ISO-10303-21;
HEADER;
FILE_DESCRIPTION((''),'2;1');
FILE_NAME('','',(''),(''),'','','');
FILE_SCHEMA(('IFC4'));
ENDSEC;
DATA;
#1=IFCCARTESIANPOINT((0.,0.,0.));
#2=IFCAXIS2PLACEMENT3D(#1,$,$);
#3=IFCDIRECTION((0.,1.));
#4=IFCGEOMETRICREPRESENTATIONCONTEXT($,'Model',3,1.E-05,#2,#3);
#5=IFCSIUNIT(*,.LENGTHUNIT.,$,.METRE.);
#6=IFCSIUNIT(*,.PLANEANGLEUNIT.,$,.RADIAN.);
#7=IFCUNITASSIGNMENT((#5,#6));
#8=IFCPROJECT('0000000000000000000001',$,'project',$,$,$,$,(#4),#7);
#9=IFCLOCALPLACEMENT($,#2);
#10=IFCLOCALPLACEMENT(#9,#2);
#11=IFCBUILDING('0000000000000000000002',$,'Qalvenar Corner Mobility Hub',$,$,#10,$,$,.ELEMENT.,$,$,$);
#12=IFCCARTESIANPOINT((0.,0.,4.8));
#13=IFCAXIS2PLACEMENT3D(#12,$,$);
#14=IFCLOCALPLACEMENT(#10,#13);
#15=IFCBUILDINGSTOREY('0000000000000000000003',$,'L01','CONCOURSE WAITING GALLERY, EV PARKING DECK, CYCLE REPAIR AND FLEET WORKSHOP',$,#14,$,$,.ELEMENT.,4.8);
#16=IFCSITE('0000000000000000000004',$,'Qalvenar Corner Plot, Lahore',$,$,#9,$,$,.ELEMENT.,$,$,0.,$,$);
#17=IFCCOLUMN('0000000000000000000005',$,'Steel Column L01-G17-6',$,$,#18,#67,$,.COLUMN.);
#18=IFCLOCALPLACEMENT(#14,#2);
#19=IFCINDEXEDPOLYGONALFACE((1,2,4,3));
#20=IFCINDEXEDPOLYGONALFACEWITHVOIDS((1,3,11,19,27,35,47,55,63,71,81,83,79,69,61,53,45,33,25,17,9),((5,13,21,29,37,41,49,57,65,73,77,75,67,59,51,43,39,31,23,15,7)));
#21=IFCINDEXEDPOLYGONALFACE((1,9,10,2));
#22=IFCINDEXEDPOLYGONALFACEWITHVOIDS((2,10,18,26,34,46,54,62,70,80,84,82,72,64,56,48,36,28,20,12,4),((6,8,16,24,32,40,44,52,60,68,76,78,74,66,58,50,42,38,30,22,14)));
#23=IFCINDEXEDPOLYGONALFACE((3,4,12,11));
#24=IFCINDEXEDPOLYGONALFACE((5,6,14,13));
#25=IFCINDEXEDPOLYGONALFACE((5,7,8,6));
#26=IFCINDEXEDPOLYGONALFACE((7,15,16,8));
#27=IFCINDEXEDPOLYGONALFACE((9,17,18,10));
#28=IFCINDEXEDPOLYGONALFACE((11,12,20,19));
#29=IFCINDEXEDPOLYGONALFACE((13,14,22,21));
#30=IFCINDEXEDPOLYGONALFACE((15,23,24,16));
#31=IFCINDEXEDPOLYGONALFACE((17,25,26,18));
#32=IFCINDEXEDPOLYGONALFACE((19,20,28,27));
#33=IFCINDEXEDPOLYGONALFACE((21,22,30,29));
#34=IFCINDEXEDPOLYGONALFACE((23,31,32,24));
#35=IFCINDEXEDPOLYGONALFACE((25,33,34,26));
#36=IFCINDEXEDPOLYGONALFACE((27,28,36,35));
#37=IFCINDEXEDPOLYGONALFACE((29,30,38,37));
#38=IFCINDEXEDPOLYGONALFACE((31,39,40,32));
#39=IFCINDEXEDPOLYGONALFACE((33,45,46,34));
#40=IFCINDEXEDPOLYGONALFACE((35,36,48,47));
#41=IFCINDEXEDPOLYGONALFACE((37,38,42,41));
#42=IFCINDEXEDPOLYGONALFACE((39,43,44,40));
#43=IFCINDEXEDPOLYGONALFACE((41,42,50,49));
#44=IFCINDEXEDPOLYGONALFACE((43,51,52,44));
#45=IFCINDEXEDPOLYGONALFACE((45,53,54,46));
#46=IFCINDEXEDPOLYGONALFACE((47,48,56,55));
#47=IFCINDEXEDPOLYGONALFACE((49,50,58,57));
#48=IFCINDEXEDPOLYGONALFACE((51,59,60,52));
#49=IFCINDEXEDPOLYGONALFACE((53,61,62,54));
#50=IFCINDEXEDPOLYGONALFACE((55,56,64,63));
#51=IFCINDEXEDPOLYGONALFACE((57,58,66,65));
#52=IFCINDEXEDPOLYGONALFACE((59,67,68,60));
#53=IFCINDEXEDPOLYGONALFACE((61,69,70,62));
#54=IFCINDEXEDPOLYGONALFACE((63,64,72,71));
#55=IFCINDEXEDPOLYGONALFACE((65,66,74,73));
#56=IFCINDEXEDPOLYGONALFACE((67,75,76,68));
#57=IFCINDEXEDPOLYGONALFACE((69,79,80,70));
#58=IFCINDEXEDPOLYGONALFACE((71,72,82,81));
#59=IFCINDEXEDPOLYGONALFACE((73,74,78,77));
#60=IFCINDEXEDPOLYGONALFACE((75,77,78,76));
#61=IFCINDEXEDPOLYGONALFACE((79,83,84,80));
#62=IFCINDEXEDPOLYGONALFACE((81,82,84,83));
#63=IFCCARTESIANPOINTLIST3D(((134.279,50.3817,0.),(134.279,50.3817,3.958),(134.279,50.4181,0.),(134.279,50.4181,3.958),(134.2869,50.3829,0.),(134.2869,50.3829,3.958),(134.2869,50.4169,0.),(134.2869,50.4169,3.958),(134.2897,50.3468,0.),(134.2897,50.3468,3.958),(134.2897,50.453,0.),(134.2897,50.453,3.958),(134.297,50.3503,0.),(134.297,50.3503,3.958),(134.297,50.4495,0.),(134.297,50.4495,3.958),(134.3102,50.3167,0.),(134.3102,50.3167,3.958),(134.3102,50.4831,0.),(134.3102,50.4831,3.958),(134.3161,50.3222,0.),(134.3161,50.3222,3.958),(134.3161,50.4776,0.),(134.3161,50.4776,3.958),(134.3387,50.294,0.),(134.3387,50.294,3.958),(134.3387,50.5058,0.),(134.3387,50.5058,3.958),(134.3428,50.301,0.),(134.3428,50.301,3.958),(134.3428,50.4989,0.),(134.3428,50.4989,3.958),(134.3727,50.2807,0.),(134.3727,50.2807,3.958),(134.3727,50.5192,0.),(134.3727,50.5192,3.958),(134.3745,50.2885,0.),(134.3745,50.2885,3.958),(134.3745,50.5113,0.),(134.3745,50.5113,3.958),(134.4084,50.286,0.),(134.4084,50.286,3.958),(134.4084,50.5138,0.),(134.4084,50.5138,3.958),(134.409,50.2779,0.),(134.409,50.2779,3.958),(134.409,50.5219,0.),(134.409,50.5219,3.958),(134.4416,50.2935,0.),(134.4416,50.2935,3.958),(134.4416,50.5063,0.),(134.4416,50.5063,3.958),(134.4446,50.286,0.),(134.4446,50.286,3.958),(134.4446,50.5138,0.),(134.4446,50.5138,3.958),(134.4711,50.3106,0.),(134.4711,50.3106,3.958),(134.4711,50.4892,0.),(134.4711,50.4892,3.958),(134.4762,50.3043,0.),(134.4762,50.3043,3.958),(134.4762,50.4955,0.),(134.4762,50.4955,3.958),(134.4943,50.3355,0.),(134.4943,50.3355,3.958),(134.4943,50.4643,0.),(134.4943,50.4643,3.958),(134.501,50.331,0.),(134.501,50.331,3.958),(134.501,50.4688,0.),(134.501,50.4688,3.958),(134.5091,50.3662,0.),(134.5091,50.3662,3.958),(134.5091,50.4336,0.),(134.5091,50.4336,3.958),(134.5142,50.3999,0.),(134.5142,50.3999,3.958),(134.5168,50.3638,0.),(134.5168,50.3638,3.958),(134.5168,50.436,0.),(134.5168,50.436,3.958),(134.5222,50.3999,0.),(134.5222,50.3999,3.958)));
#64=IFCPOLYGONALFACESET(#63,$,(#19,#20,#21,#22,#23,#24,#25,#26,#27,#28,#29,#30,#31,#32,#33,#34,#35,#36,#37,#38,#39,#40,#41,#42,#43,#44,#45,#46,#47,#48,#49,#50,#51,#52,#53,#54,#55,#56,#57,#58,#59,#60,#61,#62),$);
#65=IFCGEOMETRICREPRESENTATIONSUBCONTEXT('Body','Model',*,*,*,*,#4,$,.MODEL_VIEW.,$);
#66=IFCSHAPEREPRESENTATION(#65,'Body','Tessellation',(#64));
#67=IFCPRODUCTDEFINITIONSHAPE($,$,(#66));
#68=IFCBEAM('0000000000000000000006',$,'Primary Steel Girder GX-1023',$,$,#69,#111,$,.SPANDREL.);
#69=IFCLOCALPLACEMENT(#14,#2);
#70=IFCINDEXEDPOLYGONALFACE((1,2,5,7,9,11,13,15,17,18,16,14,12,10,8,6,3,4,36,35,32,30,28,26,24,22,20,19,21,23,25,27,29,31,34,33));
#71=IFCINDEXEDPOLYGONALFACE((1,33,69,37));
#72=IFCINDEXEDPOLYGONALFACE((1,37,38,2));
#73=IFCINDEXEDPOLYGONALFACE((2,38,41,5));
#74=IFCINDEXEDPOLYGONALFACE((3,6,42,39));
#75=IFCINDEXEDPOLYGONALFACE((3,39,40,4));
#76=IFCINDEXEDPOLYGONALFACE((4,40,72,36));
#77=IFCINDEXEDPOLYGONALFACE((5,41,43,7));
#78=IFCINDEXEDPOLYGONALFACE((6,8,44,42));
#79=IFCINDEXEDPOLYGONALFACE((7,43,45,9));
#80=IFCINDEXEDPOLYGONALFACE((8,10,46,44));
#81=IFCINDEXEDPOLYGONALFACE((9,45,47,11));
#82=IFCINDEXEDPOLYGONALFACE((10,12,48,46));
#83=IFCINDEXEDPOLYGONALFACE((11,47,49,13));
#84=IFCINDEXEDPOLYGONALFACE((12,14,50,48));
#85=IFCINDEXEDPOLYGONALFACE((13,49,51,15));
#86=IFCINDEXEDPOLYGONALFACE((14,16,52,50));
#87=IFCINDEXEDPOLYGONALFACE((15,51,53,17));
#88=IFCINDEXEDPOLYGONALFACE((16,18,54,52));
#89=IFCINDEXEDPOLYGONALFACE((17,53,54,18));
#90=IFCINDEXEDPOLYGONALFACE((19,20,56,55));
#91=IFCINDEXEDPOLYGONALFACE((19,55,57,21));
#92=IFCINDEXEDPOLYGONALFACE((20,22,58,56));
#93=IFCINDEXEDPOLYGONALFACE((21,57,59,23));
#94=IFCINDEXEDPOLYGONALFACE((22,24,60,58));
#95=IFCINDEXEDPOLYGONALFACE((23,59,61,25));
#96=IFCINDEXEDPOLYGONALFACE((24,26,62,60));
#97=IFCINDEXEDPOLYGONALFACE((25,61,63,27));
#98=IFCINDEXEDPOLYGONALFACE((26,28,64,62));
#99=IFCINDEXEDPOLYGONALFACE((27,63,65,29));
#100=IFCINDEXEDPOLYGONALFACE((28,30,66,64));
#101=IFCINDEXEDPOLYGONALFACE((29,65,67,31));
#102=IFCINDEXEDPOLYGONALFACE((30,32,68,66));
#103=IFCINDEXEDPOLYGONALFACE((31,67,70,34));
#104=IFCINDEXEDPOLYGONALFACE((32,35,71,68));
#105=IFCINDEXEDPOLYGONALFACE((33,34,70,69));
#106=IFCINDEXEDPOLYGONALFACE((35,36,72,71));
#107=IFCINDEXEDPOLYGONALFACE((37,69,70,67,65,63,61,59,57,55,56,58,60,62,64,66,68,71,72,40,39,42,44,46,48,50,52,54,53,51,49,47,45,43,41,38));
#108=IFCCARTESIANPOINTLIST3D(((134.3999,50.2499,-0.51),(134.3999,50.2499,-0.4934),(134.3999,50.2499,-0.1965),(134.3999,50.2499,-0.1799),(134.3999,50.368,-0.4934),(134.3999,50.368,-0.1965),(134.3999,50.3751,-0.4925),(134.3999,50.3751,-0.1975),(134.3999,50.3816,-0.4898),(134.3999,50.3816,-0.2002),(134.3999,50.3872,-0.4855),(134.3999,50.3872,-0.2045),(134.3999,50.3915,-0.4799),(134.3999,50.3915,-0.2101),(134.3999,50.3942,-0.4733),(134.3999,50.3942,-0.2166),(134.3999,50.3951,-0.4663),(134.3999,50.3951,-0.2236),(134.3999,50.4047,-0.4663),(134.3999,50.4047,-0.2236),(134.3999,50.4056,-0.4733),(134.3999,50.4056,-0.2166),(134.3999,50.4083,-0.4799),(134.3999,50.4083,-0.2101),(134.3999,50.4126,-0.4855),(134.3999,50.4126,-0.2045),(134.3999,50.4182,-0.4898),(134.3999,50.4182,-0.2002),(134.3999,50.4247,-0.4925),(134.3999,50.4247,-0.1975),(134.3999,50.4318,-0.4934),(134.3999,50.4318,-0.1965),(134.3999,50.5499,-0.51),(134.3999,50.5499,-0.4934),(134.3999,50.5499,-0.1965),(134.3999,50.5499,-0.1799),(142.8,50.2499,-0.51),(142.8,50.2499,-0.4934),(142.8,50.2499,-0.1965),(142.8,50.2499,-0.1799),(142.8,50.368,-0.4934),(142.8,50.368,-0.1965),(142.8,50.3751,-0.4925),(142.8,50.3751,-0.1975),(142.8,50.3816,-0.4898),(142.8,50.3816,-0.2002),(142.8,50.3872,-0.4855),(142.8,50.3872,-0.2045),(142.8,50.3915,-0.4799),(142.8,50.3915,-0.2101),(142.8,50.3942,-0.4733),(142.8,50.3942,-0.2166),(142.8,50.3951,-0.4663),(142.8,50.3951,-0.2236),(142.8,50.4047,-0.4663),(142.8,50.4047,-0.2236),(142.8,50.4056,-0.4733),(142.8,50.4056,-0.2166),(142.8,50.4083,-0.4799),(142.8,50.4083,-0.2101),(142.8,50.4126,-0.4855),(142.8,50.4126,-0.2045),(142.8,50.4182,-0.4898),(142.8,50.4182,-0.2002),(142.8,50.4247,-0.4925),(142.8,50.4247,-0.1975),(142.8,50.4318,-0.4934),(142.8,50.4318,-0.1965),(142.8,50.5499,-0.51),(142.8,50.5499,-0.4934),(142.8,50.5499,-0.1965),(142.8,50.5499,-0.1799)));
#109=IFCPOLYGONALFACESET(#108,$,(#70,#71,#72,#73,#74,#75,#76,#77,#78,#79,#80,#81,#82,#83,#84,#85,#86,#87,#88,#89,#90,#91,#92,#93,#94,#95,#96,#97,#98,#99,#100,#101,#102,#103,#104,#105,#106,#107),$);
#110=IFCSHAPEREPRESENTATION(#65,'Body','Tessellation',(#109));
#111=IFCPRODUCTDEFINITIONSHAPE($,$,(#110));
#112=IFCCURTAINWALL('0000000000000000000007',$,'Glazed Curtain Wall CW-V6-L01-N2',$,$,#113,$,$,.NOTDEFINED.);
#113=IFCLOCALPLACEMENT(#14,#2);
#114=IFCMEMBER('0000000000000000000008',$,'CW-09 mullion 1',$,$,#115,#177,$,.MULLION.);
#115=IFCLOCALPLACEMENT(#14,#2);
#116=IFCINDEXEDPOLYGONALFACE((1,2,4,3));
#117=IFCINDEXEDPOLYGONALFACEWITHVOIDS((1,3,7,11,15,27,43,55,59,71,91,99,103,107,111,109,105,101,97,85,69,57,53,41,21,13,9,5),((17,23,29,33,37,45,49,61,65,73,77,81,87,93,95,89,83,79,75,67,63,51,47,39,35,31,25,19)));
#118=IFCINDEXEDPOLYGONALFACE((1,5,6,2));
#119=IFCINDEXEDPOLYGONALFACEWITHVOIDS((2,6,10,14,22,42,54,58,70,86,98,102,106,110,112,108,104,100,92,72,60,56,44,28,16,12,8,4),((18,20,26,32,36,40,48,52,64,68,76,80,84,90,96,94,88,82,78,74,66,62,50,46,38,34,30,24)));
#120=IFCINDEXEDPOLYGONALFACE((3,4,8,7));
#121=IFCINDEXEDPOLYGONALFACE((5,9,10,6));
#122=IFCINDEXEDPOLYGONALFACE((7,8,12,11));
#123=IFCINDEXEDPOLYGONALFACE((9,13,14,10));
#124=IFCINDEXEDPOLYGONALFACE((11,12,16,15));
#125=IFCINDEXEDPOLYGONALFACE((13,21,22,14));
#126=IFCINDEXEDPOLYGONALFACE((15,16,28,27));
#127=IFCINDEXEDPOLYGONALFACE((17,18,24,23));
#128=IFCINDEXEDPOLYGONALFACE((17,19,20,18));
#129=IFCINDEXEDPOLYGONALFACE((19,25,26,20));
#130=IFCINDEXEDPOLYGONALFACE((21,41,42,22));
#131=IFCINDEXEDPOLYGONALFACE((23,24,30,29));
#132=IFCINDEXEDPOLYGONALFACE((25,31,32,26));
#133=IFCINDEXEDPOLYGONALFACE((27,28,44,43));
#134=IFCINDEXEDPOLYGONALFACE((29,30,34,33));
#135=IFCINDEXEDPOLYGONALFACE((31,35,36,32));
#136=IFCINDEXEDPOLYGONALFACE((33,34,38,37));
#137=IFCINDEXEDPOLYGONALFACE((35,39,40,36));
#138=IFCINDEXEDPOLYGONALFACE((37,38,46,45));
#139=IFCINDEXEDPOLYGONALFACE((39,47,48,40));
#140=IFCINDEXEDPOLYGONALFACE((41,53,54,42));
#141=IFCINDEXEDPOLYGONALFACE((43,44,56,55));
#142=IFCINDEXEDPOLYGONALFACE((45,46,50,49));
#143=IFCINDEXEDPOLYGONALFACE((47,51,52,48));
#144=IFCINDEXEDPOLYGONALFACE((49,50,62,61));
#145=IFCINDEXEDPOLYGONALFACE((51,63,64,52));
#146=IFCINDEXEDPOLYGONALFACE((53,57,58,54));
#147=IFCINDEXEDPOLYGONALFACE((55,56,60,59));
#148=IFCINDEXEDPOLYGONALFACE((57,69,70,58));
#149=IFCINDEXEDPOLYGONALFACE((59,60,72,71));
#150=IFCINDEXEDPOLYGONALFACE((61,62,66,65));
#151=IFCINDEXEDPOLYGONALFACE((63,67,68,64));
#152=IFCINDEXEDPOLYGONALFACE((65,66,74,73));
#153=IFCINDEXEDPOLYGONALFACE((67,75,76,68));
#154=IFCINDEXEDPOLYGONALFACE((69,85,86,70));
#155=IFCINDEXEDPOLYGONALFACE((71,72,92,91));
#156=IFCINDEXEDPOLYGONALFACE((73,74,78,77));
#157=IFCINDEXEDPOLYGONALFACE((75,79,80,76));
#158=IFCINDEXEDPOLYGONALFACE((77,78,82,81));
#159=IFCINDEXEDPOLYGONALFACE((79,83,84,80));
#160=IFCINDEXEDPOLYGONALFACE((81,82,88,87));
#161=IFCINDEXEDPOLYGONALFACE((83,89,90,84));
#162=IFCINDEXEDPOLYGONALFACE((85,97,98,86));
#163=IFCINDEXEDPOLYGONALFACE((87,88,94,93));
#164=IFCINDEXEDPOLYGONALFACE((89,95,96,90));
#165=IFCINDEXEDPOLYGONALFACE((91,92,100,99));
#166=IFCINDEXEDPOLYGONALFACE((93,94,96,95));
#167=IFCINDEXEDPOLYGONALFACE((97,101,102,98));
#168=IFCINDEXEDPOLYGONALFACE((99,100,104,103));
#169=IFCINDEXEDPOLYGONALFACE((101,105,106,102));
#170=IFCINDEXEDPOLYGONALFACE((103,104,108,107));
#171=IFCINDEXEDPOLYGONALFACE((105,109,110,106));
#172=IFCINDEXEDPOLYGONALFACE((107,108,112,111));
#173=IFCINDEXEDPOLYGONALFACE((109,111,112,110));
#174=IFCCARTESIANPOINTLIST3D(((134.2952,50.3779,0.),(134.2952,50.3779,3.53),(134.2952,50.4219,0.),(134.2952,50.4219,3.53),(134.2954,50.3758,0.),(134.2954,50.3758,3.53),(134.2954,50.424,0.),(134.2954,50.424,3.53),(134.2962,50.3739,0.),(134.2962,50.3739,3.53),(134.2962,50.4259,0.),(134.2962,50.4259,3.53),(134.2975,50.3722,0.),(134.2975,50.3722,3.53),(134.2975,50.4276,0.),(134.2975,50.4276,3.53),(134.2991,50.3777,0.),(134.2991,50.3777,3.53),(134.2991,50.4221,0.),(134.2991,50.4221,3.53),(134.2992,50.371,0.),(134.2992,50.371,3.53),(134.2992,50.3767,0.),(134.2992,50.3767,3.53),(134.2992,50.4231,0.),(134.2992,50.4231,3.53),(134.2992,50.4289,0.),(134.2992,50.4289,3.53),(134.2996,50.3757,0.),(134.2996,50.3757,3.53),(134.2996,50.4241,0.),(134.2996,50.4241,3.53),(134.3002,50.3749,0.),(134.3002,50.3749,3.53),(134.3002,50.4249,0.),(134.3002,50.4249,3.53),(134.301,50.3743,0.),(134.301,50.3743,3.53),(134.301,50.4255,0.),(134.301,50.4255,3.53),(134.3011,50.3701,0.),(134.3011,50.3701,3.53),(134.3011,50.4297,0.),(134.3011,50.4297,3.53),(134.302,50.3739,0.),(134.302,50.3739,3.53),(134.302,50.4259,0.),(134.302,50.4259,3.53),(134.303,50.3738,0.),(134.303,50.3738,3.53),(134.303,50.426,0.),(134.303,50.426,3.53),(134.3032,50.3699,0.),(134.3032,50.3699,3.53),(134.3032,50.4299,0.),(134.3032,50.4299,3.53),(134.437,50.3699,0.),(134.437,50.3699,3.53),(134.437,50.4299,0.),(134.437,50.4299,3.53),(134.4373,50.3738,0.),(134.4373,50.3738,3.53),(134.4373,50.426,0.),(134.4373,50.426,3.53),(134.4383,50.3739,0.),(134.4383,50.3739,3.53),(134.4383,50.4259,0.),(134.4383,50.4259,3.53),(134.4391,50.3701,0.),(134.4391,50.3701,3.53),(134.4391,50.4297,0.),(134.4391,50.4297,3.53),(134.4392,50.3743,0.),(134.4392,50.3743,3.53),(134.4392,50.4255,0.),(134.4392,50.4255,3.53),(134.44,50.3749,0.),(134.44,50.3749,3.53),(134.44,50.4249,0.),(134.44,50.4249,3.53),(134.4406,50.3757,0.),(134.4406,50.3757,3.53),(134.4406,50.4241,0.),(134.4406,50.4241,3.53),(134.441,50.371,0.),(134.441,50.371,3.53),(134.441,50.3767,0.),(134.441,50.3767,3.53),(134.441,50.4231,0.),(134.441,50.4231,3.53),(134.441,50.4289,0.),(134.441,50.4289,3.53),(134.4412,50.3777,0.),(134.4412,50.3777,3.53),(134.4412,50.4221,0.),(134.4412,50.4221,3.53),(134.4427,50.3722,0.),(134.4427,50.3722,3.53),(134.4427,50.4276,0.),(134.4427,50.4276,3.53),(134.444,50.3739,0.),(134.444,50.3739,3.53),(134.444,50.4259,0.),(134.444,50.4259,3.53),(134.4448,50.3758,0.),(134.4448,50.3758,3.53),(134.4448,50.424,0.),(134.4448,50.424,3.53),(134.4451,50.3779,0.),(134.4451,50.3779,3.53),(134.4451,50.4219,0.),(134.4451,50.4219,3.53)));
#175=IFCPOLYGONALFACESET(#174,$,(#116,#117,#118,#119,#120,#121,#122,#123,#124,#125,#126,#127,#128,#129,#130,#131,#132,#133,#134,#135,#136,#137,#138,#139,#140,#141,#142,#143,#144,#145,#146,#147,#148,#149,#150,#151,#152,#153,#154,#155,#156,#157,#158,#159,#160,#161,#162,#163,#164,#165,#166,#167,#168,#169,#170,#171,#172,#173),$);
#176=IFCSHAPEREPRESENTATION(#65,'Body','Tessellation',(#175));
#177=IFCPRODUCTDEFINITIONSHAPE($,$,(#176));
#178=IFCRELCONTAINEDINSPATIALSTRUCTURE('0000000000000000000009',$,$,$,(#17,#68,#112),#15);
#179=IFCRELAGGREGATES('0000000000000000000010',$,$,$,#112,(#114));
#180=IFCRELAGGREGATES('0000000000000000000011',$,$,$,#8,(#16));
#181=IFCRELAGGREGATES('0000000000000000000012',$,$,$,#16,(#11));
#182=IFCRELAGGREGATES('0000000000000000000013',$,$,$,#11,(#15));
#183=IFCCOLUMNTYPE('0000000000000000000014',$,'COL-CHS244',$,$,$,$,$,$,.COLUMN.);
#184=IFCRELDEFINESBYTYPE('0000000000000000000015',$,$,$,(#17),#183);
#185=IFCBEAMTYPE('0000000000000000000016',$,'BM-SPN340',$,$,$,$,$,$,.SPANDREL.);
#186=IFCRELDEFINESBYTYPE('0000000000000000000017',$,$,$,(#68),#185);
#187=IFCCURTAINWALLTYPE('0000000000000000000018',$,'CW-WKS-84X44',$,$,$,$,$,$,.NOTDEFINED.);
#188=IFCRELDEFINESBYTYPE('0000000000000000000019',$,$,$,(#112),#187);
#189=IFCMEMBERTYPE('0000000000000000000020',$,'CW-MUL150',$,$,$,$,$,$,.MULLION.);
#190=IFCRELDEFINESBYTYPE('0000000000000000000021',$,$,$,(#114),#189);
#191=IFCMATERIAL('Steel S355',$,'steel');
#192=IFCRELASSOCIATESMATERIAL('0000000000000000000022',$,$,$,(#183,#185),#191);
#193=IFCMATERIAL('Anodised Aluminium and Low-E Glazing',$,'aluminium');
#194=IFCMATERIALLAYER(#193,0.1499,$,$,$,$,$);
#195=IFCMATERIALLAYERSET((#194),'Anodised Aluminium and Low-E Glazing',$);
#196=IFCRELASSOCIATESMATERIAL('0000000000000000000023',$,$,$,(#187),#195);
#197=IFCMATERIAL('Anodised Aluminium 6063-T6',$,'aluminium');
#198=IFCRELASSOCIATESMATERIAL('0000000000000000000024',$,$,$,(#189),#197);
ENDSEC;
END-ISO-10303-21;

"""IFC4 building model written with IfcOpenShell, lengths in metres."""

from ifc_helpers import new_model, si_unit, direction, frame, origin, origin_2d, place, context, subcontext, project, spatial, hollow_rectangle, hollow_circle, i_section, extrude, material, layer, layer_set, material_profile, profile_set, type_object, element, aggregate, save


model = new_model("IFC4")

# Units and contexts
model_context = context("Model", 3, precision=1e-05, world=origin(), true_north=direction((0.0, 1.0)))
body_context = subcontext(model_context, "Body", "Model", "MODEL_VIEW")
ifc_project = project(units=[si_unit("LENGTHUNIT", "METRE"), si_unit("PLANEANGLEUNIT", "RADIAN")], contexts=[model_context])

# Site, building, storey
site_placement = place(None, origin())
site = spatial("IfcSite", under=ifc_project, at=site_placement, Name="Qalvenar Corner Plot, Lahore", CompositionType="ELEMENT", RefElevation=0.0)
building_placement = place(site_placement, origin())
building = spatial("IfcBuilding", under=site, at=building_placement, Name="Qalvenar Corner Mobility Hub", CompositionType="ELEMENT")
storey_placement = place(building_placement, frame((0.0, 0.0, 4.8)))
storey = spatial("IfcBuildingStorey", under=building, at=storey_placement, Name="L01", Description="CONCOURSE WAITING GALLERY, EV PARKING DECK, CYCLE REPAIR AND FLEET WORKSHOP", CompositionType="ELEMENT", Elevation=4.8)

# Column
ifc_material_1 = material(Name="Steel S355", Category="steel")
ifc_material_profile_1 = material_profile(ifc_material_1, hollow_circle(Radius=0.1223, WallThickness=0.0081, at=origin_2d()), Name="CHS244.5x8")
ifc_profile_set_1 = profile_set([ifc_material_profile_1], Name="Steel S355")
column_type = type_object("IfcColumnType", Name="COL-CHS244", PredefinedType="COLUMN", material=ifc_profile_set_1)
column_placement = place(storey_placement, frame((134.3999, 50.3999, 0.0), z_axis=(0.0, 0.0, 1.0), x_axis=(1.0, 0.0, 0.0)))
element("IfcColumn", 1, at=column_placement, inside=storey, type_object=column_type, Name="Steel Column L01-G17-6", PredefinedType="COLUMN", context=body_context, shape_type="SweptSolid", body=[
    extrude(hollow_circle(Radius=0.1223, WallThickness=0.0081, at=origin_2d()), origin(), (0.0, 0.0, 1.0), 3.958),
])

# Beam
ifc_material_profile_2 = material_profile(ifc_material_1, i_section(OverallWidth=0.3, OverallDepth=0.3301, WebThickness=0.0095, FlangeThickness=0.0166, FilletRadius=0.0271, at=origin_2d()), Name="HEA340")
ifc_profile_set_2 = profile_set([ifc_material_profile_2], Name="Steel S355")
beam_type = type_object("IfcBeamType", Name="BM-SPN340", PredefinedType="SPANDREL", material=ifc_profile_set_2)
beam_placement = place(storey_placement, frame((134.3999, 50.3999, -0.345), z_axis=(1.0, 0.0, 0.0), x_axis=(0.0, 1.0, 0.0)))
element("IfcBeam", 2, at=beam_placement, inside=storey, type_object=beam_type, Name="Primary Steel Girder GX-1023", PredefinedType="SPANDREL", context=body_context, shape_type="SweptSolid", body=[
    extrude(i_section(OverallWidth=0.3, OverallDepth=0.3301, WebThickness=0.0095, FlangeThickness=0.0166, FilletRadius=0.0271, at=origin_2d()), origin(), (0.0, 0.0, 1.0), 8.4001),
])

# Curtain wall, member
ifc_material_2 = material(Name="Anodised Aluminium and Low-E Glazing", Category="aluminium")
ifc_layer_1 = layer(ifc_material_2, 0.1499)
ifc_layer_set_1 = layer_set([ifc_layer_1], Name="Anodised Aluminium and Low-E Glazing")
curtain_wall_type = type_object("IfcCurtainWallType", Name="CW-WKS-84X44", PredefinedType="NOTDEFINED", material=ifc_layer_set_1)
curtain_wall_placement = place(storey_placement, origin())
curtain_wall = element("IfcCurtainWall", 3, at=curtain_wall_placement, inside=storey, type_object=curtain_wall_type, Name="Glazed Curtain Wall CW-V6-L01-N2", PredefinedType="NOTDEFINED")
ifc_material_3 = material(Name="Anodised Aluminium 6063-T6", Category="aluminium")
ifc_material_profile_3 = material_profile(ifc_material_3, hollow_rectangle(XDim=0.0601, YDim=0.1499, WallThickness=0.0039, InnerFilletRadius=0.0039, OuterFilletRadius=0.0081, at=origin_2d()), Name="RHS150x60x4")
ifc_profile_set_3 = profile_set([ifc_material_profile_3], Name="Anodised Aluminium 6063-T6")
member_type_1 = type_object("IfcMemberType", Name="CW-MUL150", PredefinedType="MULLION", material=ifc_profile_set_3)
member_1_placement = place(storey_placement, frame((134.3701, 50.3999, 0.0), z_axis=(0.0, 0.0, 1.0), x_axis=(0.0, -1.0, 0.0)))
member_1 = element("IfcMember", 4, at=member_1_placement, type_object=member_type_1, Name="CW-09 mullion 1", PredefinedType="MULLION", context=body_context, shape_type="SweptSolid", body=[
    extrude(hollow_rectangle(XDim=0.0601, YDim=0.1499, WallThickness=0.0039, InnerFilletRadius=0.0039, OuterFilletRadius=0.0081, at=origin_2d()), origin(), (0.0, 0.0, 1.0), 3.53),
])

aggregate(curtain_wall, [member_1])

save(model, "model.ifc")
